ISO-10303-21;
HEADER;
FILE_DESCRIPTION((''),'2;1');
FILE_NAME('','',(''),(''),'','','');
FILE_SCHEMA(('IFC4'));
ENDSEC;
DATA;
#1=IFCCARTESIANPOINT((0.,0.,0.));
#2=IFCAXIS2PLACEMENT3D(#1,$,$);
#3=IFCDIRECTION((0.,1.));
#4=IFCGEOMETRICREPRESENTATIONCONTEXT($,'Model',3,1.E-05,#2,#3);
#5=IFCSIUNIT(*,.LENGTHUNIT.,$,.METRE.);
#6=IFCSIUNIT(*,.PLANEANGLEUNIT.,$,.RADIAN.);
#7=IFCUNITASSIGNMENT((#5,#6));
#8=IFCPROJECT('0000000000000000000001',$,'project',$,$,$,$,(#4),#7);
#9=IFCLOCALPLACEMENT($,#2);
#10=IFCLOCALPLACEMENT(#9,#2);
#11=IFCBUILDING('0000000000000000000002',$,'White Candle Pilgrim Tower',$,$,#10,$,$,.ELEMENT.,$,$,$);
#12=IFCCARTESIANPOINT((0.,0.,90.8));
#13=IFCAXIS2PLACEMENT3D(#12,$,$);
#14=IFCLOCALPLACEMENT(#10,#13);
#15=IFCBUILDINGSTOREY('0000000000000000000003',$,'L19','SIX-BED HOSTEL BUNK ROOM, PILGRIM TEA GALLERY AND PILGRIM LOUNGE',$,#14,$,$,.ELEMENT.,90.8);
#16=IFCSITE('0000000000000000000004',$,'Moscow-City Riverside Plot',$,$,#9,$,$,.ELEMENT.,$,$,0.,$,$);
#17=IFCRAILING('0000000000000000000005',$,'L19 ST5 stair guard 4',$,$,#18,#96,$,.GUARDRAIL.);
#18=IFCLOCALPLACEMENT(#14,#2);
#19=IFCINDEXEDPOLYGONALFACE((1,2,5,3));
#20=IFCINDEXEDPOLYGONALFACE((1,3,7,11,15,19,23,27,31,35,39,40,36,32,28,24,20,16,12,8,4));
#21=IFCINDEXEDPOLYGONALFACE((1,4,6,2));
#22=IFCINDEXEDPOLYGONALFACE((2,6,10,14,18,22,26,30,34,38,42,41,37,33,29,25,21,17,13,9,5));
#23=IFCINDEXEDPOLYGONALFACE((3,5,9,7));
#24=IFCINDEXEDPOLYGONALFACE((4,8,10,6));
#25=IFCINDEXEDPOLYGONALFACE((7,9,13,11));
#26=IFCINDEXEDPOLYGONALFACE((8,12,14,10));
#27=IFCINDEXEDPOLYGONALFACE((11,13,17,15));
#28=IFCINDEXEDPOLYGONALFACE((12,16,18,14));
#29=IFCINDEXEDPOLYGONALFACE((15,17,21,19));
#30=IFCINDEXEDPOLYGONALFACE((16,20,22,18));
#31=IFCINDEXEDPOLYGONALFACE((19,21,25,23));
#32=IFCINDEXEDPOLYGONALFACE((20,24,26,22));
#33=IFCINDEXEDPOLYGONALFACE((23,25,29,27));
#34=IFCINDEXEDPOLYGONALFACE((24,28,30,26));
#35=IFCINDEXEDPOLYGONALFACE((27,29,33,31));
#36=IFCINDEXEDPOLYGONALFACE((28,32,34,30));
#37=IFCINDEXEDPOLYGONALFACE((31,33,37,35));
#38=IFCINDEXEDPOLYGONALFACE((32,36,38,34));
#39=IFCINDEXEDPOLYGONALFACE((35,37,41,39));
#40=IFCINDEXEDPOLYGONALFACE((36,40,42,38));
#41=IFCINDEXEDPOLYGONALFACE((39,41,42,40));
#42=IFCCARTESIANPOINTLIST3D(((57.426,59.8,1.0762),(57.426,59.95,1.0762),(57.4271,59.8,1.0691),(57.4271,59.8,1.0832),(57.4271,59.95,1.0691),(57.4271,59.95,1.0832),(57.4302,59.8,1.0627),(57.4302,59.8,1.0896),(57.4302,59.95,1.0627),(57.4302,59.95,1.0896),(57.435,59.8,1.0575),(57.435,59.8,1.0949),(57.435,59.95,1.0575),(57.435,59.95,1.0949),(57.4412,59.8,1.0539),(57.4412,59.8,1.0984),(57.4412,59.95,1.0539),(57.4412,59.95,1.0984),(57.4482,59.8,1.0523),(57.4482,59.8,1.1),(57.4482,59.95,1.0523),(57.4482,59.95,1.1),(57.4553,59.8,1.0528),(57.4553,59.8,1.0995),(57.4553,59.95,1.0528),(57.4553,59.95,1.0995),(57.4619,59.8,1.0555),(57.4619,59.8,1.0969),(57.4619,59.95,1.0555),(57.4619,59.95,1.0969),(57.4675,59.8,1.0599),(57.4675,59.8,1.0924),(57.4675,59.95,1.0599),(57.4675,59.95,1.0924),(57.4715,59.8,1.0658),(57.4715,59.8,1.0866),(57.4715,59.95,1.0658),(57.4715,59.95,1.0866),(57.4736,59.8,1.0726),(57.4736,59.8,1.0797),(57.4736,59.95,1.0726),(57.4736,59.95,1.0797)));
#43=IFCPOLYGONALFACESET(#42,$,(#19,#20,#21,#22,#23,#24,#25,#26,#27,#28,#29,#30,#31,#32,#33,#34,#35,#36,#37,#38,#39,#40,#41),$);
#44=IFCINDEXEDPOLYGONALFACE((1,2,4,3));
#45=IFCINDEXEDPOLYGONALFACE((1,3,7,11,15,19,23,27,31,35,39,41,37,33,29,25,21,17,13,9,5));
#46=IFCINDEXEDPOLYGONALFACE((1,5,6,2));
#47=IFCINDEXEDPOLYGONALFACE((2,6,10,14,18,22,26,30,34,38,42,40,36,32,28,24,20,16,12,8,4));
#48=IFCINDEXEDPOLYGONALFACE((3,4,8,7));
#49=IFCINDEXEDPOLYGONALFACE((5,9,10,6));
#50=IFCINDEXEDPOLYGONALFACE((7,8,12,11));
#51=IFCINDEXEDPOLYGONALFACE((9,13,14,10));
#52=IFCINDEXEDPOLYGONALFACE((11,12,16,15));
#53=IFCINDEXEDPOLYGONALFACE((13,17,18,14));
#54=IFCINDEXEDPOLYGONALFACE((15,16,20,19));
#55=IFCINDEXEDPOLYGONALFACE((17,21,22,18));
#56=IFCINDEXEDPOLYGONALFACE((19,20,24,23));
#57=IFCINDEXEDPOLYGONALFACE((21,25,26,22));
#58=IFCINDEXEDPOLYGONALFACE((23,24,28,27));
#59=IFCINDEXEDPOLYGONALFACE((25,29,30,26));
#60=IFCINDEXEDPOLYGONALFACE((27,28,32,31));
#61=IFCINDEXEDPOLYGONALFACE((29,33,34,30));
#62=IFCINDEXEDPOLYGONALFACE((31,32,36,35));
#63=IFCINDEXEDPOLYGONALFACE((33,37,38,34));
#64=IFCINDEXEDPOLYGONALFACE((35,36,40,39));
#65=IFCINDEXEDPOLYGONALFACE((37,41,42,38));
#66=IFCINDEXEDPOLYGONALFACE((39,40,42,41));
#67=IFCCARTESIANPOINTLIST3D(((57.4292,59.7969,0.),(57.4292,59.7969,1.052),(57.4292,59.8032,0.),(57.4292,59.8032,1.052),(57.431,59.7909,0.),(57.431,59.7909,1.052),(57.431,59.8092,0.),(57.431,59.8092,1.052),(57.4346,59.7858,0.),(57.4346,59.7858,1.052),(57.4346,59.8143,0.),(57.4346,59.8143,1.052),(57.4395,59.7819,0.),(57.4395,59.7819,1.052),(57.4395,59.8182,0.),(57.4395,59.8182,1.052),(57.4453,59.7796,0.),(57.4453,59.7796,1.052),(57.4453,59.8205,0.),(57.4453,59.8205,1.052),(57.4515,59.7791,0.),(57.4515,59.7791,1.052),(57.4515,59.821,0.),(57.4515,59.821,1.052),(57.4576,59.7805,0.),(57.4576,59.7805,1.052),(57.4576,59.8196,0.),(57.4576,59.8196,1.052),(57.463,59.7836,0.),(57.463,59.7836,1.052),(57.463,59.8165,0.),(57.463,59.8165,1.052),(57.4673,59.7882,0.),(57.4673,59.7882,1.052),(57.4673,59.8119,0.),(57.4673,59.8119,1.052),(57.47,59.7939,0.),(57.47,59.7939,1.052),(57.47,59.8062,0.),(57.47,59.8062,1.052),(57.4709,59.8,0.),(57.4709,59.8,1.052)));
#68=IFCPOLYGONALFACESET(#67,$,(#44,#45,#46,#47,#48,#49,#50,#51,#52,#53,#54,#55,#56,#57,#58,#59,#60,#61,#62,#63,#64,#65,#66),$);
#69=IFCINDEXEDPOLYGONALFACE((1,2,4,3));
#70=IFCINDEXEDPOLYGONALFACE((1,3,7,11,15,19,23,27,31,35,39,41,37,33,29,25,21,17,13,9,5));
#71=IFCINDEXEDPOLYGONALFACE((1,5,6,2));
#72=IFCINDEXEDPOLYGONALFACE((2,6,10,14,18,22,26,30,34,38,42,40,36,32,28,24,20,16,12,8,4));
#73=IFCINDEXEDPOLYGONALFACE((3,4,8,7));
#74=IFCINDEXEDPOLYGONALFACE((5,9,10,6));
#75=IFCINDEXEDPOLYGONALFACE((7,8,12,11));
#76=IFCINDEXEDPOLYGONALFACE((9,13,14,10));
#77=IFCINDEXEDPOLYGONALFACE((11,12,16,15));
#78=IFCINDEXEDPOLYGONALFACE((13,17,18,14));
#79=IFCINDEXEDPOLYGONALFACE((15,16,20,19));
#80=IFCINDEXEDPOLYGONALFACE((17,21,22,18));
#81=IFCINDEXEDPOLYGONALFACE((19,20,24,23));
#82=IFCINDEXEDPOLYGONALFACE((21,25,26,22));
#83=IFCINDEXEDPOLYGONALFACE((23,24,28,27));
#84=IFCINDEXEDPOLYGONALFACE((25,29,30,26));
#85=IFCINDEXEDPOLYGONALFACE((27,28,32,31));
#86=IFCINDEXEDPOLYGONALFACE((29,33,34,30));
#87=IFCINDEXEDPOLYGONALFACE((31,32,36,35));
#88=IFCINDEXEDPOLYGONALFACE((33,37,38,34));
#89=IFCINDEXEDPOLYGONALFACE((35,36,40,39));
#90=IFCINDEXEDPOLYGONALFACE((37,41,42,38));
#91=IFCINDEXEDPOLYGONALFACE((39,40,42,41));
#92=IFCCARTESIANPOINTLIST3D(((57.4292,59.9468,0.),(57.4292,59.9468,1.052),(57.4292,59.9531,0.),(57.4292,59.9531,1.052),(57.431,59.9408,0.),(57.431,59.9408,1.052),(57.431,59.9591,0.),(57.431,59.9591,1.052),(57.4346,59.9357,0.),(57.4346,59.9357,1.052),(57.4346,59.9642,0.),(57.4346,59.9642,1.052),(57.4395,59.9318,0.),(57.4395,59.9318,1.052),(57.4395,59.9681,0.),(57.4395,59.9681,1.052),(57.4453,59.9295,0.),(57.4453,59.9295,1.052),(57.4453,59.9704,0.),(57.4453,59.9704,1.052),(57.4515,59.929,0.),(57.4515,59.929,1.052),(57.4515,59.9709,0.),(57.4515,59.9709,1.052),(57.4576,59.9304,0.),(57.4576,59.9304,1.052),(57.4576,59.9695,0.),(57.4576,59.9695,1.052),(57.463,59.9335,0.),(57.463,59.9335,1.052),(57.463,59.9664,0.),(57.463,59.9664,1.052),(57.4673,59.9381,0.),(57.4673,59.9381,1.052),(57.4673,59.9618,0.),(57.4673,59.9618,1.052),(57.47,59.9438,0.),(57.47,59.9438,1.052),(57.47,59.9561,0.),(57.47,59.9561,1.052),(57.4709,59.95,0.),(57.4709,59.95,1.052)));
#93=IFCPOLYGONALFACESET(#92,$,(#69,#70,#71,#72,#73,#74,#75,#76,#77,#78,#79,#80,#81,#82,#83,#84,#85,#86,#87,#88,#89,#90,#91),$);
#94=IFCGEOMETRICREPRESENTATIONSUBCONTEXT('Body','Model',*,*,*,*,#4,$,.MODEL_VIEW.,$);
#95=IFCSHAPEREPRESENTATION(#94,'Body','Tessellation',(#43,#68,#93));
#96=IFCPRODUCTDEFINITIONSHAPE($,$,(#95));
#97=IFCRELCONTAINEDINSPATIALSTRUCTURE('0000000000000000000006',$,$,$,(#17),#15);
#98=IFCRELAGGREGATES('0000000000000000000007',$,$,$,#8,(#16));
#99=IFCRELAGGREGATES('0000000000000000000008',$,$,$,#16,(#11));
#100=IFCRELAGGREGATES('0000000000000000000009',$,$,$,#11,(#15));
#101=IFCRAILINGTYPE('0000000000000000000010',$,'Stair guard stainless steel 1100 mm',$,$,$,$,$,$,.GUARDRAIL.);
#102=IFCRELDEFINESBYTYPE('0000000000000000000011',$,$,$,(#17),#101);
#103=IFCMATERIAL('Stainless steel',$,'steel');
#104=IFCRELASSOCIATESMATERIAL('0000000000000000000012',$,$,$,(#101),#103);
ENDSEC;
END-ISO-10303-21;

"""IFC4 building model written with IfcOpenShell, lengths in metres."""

from ifc_helpers import new_model, si_unit, direction, frame, origin, origin_2d, place, context, subcontext, project, spatial, circle, extrude, material, type_object, element, save


model = new_model("IFC4")

# Units and contexts
model_context = context("Model", 3, precision=1e-05, world=origin(), true_north=direction((0.0, 1.0)))
body_context = subcontext(model_context, "Body", "Model", "MODEL_VIEW")
ifc_project = project(units=[si_unit("LENGTHUNIT", "METRE"), si_unit("PLANEANGLEUNIT", "RADIAN")], contexts=[model_context])

# Site, building, storey
site_placement = place(None, origin())
site = spatial("IfcSite", under=ifc_project, at=site_placement, Name="Moscow-City Riverside Plot", CompositionType="ELEMENT", RefElevation=0.0)
building_placement = place(site_placement, origin())
building = spatial("IfcBuilding", under=site, at=building_placement, Name="White Candle Pilgrim Tower", CompositionType="ELEMENT")
storey_placement = place(building_placement, frame((0.0, 0.0, 90.8)))
storey = spatial("IfcBuildingStorey", under=building, at=storey_placement, Name="L19", Description="SIX-BED HOSTEL BUNK ROOM, PILGRIM TEA GALLERY AND PILGRIM LOUNGE", CompositionType="ELEMENT", Elevation=90.8)

# Shared definitions
ifc_material_1 = material(Name="Stainless steel", Category="steel")

# Railing
railing_type_1 = type_object("IfcRailingType", Name="Stair guard stainless steel 1100 mm", PredefinedType="GUARDRAIL", material=ifc_material_1)
railing_1_placement = place(storey_placement, frame((57.45, 59.8, 0.0)))
element("IfcRailing", 1, at=railing_1_placement, inside=storey, type_object=railing_type_1, Name="L19 ST5 stair guard 4", PredefinedType="GUARDRAIL", context=body_context, shape_type="SweptSolid", body=[
    extrude(circle(Radius=0.0239, at=origin_2d()), frame((0.0, 0.0, 1.0762), z_axis=(0.0, 1.0, 0.0), x_axis=(-1.0, 0.0, 0.0)), (0.0, 0.0, 1.0), 0.1499),
    extrude(circle(Radius=0.021, at=origin_2d()), origin(), (0.0, 0.0, 1.0), 1.052),
    extrude(circle(Radius=0.021, at=origin_2d()), frame((0.0, 0.1499, 0.0)), (0.0, 0.0, 1.0), 1.052),
])

save(model, "model.ifc")
